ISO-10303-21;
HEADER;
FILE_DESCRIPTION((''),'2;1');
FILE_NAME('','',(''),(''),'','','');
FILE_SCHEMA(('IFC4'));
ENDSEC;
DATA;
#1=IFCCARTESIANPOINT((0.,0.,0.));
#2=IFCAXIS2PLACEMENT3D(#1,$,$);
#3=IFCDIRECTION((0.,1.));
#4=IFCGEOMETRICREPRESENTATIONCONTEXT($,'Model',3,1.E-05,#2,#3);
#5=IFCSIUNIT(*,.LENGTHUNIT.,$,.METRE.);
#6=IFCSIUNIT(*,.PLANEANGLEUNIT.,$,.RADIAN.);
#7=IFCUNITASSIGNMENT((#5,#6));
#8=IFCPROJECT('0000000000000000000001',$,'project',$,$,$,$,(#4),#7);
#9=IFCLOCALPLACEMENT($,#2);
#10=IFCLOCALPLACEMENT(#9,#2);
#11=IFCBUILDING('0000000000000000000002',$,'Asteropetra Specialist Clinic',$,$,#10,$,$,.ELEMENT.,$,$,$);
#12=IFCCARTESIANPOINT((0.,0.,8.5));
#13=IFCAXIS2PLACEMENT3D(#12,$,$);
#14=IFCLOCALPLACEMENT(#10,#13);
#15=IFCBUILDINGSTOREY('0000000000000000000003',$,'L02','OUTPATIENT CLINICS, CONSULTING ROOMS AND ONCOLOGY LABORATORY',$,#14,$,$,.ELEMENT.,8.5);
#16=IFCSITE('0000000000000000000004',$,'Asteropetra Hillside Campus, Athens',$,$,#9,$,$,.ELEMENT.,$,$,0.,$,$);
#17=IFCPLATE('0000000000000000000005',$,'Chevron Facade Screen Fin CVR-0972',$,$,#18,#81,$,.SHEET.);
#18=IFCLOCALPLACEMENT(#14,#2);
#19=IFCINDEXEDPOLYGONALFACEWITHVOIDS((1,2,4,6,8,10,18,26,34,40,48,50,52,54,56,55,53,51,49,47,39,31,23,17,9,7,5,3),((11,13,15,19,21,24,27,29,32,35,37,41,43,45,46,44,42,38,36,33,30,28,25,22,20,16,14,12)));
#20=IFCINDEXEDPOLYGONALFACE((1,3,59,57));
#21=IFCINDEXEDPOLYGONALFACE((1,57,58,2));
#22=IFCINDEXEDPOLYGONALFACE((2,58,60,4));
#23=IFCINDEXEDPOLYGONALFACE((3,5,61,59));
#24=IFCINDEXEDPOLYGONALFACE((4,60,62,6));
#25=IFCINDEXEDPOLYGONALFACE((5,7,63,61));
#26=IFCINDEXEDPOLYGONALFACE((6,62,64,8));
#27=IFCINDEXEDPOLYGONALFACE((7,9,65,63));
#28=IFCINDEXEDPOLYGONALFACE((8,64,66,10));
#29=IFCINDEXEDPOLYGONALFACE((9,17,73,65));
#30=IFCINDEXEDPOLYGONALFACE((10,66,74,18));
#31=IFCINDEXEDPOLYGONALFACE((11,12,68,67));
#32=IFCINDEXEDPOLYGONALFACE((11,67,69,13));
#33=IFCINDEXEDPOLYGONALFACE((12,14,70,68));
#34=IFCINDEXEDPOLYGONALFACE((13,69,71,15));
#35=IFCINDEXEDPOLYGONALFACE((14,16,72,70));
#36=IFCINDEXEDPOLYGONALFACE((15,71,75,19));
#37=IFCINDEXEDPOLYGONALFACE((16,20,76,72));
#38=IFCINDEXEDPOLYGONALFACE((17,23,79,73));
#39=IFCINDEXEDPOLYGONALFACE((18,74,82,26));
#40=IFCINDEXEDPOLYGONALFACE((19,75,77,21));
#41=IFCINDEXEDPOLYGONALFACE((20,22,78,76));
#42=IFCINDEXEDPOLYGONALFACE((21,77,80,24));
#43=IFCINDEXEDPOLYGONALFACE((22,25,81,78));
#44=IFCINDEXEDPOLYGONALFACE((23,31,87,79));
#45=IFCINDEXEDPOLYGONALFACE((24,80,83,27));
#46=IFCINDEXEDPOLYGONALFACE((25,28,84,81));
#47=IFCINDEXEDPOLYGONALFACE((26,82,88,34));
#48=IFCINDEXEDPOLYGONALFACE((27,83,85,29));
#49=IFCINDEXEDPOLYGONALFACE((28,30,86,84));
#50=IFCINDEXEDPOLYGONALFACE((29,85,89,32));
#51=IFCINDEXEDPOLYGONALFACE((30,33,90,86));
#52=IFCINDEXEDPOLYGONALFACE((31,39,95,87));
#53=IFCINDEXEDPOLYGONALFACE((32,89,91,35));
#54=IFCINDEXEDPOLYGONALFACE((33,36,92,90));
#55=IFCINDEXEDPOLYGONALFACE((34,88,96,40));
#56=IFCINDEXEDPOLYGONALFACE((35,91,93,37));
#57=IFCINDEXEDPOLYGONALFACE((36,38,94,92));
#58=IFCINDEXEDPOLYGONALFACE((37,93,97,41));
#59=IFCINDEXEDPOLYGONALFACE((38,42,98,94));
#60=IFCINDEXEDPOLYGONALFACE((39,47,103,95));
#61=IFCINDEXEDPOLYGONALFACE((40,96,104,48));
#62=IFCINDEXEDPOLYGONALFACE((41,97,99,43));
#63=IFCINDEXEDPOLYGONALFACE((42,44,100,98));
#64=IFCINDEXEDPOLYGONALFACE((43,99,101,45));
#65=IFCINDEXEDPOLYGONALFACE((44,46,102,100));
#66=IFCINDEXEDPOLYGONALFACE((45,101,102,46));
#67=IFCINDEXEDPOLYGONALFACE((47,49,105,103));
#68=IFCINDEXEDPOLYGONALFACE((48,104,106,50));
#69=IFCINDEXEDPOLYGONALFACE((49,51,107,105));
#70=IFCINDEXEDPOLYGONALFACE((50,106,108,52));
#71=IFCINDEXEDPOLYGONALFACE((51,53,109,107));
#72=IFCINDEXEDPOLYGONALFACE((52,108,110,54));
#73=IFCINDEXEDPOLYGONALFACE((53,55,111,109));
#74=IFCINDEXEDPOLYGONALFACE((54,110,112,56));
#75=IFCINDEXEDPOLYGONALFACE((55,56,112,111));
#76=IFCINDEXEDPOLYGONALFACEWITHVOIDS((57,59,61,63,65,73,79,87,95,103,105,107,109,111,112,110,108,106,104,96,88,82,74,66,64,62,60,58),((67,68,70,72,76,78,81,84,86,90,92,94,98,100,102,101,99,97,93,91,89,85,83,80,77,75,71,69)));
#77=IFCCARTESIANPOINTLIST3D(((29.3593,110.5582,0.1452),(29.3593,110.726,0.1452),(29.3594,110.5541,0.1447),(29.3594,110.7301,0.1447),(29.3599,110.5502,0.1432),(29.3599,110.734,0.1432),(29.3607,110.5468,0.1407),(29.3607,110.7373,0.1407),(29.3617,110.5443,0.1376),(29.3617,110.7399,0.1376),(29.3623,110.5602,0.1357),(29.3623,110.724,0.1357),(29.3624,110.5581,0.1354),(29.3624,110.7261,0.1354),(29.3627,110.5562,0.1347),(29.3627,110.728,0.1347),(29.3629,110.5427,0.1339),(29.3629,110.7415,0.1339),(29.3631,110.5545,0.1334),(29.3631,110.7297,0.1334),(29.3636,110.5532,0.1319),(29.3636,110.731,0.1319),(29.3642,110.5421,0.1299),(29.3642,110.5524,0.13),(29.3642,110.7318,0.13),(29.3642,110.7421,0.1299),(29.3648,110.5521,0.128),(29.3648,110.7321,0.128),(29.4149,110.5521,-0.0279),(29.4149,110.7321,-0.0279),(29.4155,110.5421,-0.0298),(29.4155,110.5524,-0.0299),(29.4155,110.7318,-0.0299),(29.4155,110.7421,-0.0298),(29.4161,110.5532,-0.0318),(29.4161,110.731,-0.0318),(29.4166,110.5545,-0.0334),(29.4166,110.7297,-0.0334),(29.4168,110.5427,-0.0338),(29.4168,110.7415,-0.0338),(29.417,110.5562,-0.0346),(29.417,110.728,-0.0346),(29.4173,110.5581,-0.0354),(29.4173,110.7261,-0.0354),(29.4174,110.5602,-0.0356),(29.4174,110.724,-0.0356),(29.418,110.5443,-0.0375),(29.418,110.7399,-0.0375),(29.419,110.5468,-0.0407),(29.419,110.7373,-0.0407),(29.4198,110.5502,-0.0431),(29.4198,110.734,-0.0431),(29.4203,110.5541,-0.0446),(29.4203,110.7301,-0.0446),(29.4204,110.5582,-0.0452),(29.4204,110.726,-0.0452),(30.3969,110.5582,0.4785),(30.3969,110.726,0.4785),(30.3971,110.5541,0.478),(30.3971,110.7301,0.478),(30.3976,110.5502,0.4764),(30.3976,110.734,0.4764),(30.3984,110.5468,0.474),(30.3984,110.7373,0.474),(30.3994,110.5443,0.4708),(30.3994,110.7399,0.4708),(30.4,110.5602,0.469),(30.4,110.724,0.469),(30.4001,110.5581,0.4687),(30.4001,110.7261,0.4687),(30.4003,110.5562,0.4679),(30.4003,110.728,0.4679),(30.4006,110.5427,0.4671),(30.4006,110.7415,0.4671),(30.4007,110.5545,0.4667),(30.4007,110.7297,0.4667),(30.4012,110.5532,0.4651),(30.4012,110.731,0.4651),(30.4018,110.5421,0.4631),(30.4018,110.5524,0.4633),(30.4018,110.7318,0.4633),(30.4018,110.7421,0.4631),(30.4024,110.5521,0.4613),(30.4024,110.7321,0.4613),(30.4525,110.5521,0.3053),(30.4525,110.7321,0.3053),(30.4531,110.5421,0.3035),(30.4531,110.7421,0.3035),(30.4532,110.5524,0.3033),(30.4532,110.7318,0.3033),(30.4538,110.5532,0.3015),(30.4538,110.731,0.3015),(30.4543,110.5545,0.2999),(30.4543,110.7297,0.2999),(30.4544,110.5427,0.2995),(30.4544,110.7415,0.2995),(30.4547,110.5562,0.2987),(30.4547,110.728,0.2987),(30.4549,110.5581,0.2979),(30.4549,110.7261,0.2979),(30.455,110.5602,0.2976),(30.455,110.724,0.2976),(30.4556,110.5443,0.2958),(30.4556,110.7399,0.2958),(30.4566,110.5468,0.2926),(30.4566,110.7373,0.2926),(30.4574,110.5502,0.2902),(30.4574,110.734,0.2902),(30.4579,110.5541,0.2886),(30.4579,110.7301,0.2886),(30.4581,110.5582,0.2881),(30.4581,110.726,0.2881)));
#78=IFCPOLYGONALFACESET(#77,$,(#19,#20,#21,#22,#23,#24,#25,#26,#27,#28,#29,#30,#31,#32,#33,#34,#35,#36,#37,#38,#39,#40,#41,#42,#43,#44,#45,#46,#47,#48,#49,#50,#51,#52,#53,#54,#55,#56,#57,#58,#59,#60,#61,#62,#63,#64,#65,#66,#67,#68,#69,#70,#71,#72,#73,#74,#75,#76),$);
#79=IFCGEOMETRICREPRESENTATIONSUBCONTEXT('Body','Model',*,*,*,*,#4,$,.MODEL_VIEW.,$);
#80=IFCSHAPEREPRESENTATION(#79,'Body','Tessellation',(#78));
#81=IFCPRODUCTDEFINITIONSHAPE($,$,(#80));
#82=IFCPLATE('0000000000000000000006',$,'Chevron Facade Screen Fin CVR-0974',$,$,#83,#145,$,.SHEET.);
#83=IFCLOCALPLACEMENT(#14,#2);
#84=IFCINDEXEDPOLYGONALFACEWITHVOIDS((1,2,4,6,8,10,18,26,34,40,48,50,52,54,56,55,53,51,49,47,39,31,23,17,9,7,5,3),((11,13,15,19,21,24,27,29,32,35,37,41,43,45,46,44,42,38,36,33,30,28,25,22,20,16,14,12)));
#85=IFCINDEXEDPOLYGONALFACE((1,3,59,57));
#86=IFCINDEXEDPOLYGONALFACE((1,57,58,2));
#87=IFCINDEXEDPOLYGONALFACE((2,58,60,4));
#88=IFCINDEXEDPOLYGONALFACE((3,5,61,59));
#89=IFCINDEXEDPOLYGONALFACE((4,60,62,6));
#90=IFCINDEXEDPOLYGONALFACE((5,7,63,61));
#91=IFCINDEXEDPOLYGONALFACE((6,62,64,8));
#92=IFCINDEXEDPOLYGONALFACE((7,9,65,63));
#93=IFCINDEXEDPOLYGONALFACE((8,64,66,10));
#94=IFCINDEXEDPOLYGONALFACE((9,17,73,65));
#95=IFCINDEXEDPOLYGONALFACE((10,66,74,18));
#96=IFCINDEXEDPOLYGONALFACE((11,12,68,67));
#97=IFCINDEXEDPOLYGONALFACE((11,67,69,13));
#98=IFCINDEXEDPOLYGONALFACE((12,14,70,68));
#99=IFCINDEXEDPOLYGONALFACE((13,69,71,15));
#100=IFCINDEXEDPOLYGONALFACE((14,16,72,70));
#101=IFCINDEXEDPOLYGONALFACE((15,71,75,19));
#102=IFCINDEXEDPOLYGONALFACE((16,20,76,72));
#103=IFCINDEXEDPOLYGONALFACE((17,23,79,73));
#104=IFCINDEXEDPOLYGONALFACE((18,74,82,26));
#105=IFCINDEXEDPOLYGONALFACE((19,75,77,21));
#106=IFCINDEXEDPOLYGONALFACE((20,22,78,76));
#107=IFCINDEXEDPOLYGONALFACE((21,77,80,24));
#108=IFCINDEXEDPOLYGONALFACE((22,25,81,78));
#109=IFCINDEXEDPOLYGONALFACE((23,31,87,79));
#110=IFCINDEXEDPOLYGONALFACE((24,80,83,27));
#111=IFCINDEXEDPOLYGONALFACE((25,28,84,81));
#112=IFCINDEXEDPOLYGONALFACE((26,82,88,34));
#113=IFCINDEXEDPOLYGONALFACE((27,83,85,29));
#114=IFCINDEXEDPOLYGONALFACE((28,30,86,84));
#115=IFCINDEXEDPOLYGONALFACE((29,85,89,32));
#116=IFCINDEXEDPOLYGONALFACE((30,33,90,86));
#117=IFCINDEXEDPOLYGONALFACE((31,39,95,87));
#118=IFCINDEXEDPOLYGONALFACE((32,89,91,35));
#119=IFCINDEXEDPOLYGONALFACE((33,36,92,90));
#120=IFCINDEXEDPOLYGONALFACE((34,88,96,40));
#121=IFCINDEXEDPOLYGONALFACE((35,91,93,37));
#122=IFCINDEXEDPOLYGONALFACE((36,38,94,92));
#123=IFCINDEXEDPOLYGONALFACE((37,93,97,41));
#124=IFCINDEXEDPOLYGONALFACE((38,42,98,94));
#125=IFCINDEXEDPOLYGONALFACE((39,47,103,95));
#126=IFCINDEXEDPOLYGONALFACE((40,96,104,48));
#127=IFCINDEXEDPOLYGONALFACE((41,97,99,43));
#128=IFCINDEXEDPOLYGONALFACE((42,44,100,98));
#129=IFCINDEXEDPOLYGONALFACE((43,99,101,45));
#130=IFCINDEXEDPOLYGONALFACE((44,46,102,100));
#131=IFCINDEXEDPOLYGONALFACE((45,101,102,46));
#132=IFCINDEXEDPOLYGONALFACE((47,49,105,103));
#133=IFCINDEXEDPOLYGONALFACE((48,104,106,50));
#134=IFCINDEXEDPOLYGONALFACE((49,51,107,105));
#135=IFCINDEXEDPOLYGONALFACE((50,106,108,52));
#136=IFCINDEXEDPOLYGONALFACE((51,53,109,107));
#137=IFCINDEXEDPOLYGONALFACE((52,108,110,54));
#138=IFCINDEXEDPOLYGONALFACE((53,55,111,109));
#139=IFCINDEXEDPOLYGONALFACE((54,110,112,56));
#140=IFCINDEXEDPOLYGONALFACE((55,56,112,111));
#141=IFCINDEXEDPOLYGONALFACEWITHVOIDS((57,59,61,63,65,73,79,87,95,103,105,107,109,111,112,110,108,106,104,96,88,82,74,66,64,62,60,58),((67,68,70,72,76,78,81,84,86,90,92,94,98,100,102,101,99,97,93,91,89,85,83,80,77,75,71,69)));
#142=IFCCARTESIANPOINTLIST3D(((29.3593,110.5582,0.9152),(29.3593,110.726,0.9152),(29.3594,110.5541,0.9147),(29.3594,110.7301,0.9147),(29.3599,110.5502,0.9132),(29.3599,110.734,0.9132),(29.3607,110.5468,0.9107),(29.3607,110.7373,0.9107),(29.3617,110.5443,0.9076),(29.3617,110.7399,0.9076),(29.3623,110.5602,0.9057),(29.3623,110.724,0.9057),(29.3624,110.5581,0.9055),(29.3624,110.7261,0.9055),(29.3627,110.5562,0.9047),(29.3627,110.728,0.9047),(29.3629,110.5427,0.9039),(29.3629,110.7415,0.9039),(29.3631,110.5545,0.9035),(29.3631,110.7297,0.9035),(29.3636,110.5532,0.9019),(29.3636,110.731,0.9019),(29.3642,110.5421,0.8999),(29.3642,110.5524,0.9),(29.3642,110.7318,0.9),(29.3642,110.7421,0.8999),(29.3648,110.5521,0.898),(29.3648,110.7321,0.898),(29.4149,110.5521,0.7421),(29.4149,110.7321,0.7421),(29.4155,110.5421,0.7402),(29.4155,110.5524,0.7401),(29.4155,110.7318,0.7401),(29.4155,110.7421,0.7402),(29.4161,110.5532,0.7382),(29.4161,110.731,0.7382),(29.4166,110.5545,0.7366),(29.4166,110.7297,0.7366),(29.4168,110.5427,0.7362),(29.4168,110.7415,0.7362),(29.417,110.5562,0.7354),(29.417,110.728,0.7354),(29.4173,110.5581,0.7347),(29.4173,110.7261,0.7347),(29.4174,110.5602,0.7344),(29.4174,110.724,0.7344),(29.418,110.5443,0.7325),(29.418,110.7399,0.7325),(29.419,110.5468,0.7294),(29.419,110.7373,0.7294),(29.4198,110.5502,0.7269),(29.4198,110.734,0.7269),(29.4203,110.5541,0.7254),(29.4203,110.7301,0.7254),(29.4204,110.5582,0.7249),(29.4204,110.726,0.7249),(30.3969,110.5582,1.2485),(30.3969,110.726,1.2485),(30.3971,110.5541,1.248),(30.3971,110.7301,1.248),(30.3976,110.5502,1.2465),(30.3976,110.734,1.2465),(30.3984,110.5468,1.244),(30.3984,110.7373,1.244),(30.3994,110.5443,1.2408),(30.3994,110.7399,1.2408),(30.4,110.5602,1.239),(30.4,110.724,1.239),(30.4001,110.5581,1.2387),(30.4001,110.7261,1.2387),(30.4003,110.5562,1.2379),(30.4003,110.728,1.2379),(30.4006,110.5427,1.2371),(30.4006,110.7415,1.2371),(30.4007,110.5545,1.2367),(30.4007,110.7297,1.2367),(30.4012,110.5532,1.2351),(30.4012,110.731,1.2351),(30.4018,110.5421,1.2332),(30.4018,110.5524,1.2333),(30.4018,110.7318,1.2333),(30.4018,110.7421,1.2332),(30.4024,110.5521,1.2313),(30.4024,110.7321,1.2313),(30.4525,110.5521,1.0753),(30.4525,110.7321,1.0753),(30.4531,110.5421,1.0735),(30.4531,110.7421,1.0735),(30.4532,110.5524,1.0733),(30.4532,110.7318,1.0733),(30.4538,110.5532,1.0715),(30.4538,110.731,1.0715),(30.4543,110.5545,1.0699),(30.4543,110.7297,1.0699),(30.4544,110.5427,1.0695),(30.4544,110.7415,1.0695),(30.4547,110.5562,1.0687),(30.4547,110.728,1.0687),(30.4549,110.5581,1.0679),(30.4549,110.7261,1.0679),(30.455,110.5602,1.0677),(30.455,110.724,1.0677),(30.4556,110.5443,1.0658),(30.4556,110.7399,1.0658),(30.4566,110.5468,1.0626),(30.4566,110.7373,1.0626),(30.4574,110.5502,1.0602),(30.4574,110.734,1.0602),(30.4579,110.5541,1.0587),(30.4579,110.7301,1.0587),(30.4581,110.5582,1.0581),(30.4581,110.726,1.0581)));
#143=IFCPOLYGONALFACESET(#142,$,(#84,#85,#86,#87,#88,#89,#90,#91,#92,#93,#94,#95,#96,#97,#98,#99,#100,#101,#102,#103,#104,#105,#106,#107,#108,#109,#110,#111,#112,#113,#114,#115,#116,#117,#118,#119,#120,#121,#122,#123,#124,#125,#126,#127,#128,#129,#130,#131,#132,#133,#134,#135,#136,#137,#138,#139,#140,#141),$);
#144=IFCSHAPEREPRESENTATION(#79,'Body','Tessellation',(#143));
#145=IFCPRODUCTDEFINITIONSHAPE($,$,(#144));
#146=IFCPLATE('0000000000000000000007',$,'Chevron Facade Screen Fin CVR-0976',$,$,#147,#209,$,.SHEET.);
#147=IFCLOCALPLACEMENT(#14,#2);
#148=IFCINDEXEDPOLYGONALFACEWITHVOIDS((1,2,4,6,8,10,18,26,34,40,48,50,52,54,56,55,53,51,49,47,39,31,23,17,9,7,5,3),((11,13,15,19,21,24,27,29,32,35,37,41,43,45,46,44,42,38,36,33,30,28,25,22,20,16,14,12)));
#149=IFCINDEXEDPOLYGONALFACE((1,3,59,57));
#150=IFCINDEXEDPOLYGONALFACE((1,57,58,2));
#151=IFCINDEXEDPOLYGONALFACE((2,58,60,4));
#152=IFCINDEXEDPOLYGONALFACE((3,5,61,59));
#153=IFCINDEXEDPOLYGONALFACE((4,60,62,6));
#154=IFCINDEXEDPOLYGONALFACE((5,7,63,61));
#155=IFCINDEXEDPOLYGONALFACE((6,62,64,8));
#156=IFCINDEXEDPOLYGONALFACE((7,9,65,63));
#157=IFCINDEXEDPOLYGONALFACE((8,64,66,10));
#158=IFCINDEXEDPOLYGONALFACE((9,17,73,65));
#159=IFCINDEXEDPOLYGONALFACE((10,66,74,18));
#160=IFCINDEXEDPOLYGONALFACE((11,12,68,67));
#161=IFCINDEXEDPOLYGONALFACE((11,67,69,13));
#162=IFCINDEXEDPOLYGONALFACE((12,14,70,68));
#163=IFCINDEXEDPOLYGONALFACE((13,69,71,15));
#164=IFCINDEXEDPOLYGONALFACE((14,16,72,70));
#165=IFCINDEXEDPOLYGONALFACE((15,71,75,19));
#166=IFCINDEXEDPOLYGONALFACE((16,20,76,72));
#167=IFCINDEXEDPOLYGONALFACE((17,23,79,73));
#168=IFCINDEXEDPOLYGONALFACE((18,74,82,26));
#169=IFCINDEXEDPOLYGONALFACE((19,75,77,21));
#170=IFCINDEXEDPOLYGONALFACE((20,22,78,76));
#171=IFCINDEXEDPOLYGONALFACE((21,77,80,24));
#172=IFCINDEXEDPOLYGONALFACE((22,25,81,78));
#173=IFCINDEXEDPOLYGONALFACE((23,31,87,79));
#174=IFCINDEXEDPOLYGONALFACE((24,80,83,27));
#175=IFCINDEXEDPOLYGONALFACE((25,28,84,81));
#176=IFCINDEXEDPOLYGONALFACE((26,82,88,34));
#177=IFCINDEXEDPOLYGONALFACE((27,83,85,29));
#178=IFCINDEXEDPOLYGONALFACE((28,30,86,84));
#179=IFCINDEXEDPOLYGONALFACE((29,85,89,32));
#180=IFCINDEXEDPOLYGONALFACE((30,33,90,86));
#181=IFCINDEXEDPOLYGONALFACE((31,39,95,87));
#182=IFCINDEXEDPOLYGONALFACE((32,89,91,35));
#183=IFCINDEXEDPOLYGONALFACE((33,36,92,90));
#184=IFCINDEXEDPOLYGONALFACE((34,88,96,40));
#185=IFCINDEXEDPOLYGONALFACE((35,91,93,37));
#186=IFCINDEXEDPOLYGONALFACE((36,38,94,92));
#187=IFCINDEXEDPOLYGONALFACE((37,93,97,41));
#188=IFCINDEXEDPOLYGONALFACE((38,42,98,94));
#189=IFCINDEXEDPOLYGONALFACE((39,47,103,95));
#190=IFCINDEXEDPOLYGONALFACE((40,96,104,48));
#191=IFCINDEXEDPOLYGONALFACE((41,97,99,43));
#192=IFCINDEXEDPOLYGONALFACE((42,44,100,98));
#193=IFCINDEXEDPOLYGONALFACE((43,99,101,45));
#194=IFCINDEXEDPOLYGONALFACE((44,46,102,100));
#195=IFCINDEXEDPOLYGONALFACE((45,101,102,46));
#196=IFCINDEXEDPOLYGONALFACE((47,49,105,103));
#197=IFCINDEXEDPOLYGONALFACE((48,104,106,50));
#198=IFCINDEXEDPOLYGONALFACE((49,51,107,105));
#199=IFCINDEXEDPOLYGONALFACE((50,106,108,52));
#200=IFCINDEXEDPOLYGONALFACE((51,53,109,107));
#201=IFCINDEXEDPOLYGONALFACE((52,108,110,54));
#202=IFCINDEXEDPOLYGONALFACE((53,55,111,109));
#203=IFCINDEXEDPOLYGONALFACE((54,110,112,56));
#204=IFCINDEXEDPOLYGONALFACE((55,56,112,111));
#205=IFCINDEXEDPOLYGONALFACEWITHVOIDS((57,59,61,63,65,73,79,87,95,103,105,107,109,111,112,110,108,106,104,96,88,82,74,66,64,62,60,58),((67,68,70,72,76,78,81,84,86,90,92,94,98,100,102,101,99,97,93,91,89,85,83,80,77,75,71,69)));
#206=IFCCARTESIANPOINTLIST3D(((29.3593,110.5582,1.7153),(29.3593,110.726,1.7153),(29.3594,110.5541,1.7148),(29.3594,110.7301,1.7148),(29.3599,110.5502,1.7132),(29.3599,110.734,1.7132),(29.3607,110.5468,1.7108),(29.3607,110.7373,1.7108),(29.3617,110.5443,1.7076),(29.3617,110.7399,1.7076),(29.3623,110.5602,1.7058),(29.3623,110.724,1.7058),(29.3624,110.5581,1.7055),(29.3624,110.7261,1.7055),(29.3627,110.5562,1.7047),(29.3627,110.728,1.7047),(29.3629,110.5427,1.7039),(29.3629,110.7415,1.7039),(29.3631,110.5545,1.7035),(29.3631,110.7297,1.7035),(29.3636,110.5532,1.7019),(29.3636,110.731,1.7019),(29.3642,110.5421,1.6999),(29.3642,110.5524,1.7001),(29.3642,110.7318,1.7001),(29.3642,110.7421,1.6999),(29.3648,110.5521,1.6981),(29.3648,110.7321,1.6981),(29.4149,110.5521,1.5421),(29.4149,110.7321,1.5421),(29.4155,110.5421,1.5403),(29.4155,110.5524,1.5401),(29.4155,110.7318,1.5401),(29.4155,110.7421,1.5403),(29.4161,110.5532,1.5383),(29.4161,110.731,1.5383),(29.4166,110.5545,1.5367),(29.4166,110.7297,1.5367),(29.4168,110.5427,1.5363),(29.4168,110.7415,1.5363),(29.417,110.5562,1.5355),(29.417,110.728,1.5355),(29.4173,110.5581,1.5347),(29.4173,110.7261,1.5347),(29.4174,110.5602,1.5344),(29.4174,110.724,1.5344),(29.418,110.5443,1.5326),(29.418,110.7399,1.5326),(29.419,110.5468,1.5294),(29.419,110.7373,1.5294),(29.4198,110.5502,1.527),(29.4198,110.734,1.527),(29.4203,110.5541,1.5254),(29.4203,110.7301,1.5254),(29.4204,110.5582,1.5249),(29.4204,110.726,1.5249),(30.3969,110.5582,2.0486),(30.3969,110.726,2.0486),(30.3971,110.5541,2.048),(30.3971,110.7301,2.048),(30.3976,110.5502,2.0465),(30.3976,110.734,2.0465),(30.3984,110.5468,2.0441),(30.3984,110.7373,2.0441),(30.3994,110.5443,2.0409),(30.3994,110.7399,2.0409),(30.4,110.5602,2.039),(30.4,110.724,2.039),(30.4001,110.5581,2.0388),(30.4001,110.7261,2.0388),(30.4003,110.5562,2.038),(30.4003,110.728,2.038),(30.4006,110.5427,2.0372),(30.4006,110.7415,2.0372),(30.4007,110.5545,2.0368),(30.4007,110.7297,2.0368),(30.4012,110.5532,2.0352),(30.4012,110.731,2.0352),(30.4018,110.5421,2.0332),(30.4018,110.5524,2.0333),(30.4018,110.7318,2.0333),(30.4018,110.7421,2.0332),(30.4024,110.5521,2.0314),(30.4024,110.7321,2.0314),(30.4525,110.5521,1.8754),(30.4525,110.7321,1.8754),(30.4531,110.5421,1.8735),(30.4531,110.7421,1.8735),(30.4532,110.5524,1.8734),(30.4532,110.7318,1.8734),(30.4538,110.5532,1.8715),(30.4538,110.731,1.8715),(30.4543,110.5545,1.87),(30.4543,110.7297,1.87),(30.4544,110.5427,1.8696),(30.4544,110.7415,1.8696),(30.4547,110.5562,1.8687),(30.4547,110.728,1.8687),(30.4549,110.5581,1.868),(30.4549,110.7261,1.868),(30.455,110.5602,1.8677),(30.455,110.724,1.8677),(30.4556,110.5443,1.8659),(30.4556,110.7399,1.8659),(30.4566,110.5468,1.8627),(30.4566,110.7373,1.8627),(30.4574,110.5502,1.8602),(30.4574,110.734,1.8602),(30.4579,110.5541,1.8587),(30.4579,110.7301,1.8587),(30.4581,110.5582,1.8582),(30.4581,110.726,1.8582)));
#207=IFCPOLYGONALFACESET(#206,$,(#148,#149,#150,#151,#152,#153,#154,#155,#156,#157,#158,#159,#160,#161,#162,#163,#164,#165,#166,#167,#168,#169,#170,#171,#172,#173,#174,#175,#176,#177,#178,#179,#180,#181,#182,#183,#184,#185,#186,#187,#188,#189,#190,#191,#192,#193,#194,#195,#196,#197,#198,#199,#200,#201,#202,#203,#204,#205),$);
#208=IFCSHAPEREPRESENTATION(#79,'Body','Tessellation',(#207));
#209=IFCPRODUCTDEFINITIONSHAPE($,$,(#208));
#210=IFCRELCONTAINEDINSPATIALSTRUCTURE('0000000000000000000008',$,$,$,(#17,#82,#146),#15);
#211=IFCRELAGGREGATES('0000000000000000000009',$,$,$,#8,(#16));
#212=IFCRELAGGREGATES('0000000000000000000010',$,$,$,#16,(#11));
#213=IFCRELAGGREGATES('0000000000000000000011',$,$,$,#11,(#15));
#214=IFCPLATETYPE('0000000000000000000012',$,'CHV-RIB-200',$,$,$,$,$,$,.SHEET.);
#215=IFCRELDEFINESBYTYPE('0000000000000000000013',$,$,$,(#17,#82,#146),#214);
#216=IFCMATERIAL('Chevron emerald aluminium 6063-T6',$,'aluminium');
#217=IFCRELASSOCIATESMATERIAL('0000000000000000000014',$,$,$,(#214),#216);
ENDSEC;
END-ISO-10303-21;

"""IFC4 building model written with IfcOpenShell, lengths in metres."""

from ifc_helpers import new_model, si_unit, direction, frame, origin, origin_2d, place, context, subcontext, project, spatial, hollow_rectangle, extrude, material, material_profile, profile_set, type_object, element, save


model = new_model("IFC4")

# Units and contexts
model_context = context("Model", 3, precision=1e-05, world=origin(), true_north=direction((0.0, 1.0)))
body_context = subcontext(model_context, "Body", "Model", "MODEL_VIEW")
ifc_project = project(units=[si_unit("LENGTHUNIT", "METRE"), si_unit("PLANEANGLEUNIT", "RADIAN")], contexts=[model_context])

# Site, building, storey
site_placement = place(None, origin())
site = spatial("IfcSite", under=ifc_project, at=site_placement, Name="Asteropetra Hillside Campus, Athens", CompositionType="ELEMENT", RefElevation=0.0)
building_placement = place(site_placement, origin())
building = spatial("IfcBuilding", under=site, at=building_placement, Name="Asteropetra Specialist Clinic", CompositionType="ELEMENT")
storey_placement = place(building_placement, frame((0.0, 0.0, 8.5)))
storey = spatial("IfcBuildingStorey", under=building, at=storey_placement, Name="L02", Description="OUTPATIENT CLINICS, CONSULTING ROOMS AND ONCOLOGY LABORATORY", CompositionType="ELEMENT", Elevation=8.5)

# Plates
ifc_material_1 = material(Name="Chevron emerald aluminium 6063-T6", Category="aluminium")
ifc_material_profile = material_profile(ifc_material_1, hollow_rectangle(XDim=0.2, YDim=0.2, WallThickness=0.01, InnerFilletRadius=0.0081, OuterFilletRadius=0.0161, at=origin_2d()), Name="SHS 200x200x10.0")
ifc_profile_set = profile_set([ifc_material_profile], Name="Chevron emerald aluminium 6063-T6")
plate_type_1 = type_object("IfcPlateType", Name="CHV-RIB-200", PredefinedType="SHEET", material=ifc_profile_set)
for number, where, z_axis, x_axis, name in (
    (1, (30.4275, 110.6421, 0.3833), (-0.952098, 0.0, -0.305792), (0.0, -1.0, 0.0), "Chevron Facade Screen Fin CVR-0972"),
    (2, (30.4275, 110.6421, 1.1533), (-0.952098, 0.0, -0.305792), (0.0, -1.0, 0.0), "Chevron Facade Screen Fin CVR-0974"),
    (3, (30.4275, 110.6421, 1.9534), (-0.952098, 0.0, -0.305792), (0.0, -1.0, 0.0), "Chevron Facade Screen Fin CVR-0976"),
):
    element("IfcPlate", number, at=place(storey_placement, frame(where, z_axis=z_axis, x_axis=x_axis)), inside=storey, type_object=plate_type_1, Name=name, PredefinedType="SHEET", context=body_context, shape_type="SweptSolid", body=[
        extrude(hollow_rectangle(XDim=0.2, YDim=0.2, WallThickness=0.01, InnerFilletRadius=0.0081, OuterFilletRadius=0.0161, at=origin_2d()), origin(), (0.0, 0.0, 1.0), 1.0898),
    ])

save(model, "model.ifc")
